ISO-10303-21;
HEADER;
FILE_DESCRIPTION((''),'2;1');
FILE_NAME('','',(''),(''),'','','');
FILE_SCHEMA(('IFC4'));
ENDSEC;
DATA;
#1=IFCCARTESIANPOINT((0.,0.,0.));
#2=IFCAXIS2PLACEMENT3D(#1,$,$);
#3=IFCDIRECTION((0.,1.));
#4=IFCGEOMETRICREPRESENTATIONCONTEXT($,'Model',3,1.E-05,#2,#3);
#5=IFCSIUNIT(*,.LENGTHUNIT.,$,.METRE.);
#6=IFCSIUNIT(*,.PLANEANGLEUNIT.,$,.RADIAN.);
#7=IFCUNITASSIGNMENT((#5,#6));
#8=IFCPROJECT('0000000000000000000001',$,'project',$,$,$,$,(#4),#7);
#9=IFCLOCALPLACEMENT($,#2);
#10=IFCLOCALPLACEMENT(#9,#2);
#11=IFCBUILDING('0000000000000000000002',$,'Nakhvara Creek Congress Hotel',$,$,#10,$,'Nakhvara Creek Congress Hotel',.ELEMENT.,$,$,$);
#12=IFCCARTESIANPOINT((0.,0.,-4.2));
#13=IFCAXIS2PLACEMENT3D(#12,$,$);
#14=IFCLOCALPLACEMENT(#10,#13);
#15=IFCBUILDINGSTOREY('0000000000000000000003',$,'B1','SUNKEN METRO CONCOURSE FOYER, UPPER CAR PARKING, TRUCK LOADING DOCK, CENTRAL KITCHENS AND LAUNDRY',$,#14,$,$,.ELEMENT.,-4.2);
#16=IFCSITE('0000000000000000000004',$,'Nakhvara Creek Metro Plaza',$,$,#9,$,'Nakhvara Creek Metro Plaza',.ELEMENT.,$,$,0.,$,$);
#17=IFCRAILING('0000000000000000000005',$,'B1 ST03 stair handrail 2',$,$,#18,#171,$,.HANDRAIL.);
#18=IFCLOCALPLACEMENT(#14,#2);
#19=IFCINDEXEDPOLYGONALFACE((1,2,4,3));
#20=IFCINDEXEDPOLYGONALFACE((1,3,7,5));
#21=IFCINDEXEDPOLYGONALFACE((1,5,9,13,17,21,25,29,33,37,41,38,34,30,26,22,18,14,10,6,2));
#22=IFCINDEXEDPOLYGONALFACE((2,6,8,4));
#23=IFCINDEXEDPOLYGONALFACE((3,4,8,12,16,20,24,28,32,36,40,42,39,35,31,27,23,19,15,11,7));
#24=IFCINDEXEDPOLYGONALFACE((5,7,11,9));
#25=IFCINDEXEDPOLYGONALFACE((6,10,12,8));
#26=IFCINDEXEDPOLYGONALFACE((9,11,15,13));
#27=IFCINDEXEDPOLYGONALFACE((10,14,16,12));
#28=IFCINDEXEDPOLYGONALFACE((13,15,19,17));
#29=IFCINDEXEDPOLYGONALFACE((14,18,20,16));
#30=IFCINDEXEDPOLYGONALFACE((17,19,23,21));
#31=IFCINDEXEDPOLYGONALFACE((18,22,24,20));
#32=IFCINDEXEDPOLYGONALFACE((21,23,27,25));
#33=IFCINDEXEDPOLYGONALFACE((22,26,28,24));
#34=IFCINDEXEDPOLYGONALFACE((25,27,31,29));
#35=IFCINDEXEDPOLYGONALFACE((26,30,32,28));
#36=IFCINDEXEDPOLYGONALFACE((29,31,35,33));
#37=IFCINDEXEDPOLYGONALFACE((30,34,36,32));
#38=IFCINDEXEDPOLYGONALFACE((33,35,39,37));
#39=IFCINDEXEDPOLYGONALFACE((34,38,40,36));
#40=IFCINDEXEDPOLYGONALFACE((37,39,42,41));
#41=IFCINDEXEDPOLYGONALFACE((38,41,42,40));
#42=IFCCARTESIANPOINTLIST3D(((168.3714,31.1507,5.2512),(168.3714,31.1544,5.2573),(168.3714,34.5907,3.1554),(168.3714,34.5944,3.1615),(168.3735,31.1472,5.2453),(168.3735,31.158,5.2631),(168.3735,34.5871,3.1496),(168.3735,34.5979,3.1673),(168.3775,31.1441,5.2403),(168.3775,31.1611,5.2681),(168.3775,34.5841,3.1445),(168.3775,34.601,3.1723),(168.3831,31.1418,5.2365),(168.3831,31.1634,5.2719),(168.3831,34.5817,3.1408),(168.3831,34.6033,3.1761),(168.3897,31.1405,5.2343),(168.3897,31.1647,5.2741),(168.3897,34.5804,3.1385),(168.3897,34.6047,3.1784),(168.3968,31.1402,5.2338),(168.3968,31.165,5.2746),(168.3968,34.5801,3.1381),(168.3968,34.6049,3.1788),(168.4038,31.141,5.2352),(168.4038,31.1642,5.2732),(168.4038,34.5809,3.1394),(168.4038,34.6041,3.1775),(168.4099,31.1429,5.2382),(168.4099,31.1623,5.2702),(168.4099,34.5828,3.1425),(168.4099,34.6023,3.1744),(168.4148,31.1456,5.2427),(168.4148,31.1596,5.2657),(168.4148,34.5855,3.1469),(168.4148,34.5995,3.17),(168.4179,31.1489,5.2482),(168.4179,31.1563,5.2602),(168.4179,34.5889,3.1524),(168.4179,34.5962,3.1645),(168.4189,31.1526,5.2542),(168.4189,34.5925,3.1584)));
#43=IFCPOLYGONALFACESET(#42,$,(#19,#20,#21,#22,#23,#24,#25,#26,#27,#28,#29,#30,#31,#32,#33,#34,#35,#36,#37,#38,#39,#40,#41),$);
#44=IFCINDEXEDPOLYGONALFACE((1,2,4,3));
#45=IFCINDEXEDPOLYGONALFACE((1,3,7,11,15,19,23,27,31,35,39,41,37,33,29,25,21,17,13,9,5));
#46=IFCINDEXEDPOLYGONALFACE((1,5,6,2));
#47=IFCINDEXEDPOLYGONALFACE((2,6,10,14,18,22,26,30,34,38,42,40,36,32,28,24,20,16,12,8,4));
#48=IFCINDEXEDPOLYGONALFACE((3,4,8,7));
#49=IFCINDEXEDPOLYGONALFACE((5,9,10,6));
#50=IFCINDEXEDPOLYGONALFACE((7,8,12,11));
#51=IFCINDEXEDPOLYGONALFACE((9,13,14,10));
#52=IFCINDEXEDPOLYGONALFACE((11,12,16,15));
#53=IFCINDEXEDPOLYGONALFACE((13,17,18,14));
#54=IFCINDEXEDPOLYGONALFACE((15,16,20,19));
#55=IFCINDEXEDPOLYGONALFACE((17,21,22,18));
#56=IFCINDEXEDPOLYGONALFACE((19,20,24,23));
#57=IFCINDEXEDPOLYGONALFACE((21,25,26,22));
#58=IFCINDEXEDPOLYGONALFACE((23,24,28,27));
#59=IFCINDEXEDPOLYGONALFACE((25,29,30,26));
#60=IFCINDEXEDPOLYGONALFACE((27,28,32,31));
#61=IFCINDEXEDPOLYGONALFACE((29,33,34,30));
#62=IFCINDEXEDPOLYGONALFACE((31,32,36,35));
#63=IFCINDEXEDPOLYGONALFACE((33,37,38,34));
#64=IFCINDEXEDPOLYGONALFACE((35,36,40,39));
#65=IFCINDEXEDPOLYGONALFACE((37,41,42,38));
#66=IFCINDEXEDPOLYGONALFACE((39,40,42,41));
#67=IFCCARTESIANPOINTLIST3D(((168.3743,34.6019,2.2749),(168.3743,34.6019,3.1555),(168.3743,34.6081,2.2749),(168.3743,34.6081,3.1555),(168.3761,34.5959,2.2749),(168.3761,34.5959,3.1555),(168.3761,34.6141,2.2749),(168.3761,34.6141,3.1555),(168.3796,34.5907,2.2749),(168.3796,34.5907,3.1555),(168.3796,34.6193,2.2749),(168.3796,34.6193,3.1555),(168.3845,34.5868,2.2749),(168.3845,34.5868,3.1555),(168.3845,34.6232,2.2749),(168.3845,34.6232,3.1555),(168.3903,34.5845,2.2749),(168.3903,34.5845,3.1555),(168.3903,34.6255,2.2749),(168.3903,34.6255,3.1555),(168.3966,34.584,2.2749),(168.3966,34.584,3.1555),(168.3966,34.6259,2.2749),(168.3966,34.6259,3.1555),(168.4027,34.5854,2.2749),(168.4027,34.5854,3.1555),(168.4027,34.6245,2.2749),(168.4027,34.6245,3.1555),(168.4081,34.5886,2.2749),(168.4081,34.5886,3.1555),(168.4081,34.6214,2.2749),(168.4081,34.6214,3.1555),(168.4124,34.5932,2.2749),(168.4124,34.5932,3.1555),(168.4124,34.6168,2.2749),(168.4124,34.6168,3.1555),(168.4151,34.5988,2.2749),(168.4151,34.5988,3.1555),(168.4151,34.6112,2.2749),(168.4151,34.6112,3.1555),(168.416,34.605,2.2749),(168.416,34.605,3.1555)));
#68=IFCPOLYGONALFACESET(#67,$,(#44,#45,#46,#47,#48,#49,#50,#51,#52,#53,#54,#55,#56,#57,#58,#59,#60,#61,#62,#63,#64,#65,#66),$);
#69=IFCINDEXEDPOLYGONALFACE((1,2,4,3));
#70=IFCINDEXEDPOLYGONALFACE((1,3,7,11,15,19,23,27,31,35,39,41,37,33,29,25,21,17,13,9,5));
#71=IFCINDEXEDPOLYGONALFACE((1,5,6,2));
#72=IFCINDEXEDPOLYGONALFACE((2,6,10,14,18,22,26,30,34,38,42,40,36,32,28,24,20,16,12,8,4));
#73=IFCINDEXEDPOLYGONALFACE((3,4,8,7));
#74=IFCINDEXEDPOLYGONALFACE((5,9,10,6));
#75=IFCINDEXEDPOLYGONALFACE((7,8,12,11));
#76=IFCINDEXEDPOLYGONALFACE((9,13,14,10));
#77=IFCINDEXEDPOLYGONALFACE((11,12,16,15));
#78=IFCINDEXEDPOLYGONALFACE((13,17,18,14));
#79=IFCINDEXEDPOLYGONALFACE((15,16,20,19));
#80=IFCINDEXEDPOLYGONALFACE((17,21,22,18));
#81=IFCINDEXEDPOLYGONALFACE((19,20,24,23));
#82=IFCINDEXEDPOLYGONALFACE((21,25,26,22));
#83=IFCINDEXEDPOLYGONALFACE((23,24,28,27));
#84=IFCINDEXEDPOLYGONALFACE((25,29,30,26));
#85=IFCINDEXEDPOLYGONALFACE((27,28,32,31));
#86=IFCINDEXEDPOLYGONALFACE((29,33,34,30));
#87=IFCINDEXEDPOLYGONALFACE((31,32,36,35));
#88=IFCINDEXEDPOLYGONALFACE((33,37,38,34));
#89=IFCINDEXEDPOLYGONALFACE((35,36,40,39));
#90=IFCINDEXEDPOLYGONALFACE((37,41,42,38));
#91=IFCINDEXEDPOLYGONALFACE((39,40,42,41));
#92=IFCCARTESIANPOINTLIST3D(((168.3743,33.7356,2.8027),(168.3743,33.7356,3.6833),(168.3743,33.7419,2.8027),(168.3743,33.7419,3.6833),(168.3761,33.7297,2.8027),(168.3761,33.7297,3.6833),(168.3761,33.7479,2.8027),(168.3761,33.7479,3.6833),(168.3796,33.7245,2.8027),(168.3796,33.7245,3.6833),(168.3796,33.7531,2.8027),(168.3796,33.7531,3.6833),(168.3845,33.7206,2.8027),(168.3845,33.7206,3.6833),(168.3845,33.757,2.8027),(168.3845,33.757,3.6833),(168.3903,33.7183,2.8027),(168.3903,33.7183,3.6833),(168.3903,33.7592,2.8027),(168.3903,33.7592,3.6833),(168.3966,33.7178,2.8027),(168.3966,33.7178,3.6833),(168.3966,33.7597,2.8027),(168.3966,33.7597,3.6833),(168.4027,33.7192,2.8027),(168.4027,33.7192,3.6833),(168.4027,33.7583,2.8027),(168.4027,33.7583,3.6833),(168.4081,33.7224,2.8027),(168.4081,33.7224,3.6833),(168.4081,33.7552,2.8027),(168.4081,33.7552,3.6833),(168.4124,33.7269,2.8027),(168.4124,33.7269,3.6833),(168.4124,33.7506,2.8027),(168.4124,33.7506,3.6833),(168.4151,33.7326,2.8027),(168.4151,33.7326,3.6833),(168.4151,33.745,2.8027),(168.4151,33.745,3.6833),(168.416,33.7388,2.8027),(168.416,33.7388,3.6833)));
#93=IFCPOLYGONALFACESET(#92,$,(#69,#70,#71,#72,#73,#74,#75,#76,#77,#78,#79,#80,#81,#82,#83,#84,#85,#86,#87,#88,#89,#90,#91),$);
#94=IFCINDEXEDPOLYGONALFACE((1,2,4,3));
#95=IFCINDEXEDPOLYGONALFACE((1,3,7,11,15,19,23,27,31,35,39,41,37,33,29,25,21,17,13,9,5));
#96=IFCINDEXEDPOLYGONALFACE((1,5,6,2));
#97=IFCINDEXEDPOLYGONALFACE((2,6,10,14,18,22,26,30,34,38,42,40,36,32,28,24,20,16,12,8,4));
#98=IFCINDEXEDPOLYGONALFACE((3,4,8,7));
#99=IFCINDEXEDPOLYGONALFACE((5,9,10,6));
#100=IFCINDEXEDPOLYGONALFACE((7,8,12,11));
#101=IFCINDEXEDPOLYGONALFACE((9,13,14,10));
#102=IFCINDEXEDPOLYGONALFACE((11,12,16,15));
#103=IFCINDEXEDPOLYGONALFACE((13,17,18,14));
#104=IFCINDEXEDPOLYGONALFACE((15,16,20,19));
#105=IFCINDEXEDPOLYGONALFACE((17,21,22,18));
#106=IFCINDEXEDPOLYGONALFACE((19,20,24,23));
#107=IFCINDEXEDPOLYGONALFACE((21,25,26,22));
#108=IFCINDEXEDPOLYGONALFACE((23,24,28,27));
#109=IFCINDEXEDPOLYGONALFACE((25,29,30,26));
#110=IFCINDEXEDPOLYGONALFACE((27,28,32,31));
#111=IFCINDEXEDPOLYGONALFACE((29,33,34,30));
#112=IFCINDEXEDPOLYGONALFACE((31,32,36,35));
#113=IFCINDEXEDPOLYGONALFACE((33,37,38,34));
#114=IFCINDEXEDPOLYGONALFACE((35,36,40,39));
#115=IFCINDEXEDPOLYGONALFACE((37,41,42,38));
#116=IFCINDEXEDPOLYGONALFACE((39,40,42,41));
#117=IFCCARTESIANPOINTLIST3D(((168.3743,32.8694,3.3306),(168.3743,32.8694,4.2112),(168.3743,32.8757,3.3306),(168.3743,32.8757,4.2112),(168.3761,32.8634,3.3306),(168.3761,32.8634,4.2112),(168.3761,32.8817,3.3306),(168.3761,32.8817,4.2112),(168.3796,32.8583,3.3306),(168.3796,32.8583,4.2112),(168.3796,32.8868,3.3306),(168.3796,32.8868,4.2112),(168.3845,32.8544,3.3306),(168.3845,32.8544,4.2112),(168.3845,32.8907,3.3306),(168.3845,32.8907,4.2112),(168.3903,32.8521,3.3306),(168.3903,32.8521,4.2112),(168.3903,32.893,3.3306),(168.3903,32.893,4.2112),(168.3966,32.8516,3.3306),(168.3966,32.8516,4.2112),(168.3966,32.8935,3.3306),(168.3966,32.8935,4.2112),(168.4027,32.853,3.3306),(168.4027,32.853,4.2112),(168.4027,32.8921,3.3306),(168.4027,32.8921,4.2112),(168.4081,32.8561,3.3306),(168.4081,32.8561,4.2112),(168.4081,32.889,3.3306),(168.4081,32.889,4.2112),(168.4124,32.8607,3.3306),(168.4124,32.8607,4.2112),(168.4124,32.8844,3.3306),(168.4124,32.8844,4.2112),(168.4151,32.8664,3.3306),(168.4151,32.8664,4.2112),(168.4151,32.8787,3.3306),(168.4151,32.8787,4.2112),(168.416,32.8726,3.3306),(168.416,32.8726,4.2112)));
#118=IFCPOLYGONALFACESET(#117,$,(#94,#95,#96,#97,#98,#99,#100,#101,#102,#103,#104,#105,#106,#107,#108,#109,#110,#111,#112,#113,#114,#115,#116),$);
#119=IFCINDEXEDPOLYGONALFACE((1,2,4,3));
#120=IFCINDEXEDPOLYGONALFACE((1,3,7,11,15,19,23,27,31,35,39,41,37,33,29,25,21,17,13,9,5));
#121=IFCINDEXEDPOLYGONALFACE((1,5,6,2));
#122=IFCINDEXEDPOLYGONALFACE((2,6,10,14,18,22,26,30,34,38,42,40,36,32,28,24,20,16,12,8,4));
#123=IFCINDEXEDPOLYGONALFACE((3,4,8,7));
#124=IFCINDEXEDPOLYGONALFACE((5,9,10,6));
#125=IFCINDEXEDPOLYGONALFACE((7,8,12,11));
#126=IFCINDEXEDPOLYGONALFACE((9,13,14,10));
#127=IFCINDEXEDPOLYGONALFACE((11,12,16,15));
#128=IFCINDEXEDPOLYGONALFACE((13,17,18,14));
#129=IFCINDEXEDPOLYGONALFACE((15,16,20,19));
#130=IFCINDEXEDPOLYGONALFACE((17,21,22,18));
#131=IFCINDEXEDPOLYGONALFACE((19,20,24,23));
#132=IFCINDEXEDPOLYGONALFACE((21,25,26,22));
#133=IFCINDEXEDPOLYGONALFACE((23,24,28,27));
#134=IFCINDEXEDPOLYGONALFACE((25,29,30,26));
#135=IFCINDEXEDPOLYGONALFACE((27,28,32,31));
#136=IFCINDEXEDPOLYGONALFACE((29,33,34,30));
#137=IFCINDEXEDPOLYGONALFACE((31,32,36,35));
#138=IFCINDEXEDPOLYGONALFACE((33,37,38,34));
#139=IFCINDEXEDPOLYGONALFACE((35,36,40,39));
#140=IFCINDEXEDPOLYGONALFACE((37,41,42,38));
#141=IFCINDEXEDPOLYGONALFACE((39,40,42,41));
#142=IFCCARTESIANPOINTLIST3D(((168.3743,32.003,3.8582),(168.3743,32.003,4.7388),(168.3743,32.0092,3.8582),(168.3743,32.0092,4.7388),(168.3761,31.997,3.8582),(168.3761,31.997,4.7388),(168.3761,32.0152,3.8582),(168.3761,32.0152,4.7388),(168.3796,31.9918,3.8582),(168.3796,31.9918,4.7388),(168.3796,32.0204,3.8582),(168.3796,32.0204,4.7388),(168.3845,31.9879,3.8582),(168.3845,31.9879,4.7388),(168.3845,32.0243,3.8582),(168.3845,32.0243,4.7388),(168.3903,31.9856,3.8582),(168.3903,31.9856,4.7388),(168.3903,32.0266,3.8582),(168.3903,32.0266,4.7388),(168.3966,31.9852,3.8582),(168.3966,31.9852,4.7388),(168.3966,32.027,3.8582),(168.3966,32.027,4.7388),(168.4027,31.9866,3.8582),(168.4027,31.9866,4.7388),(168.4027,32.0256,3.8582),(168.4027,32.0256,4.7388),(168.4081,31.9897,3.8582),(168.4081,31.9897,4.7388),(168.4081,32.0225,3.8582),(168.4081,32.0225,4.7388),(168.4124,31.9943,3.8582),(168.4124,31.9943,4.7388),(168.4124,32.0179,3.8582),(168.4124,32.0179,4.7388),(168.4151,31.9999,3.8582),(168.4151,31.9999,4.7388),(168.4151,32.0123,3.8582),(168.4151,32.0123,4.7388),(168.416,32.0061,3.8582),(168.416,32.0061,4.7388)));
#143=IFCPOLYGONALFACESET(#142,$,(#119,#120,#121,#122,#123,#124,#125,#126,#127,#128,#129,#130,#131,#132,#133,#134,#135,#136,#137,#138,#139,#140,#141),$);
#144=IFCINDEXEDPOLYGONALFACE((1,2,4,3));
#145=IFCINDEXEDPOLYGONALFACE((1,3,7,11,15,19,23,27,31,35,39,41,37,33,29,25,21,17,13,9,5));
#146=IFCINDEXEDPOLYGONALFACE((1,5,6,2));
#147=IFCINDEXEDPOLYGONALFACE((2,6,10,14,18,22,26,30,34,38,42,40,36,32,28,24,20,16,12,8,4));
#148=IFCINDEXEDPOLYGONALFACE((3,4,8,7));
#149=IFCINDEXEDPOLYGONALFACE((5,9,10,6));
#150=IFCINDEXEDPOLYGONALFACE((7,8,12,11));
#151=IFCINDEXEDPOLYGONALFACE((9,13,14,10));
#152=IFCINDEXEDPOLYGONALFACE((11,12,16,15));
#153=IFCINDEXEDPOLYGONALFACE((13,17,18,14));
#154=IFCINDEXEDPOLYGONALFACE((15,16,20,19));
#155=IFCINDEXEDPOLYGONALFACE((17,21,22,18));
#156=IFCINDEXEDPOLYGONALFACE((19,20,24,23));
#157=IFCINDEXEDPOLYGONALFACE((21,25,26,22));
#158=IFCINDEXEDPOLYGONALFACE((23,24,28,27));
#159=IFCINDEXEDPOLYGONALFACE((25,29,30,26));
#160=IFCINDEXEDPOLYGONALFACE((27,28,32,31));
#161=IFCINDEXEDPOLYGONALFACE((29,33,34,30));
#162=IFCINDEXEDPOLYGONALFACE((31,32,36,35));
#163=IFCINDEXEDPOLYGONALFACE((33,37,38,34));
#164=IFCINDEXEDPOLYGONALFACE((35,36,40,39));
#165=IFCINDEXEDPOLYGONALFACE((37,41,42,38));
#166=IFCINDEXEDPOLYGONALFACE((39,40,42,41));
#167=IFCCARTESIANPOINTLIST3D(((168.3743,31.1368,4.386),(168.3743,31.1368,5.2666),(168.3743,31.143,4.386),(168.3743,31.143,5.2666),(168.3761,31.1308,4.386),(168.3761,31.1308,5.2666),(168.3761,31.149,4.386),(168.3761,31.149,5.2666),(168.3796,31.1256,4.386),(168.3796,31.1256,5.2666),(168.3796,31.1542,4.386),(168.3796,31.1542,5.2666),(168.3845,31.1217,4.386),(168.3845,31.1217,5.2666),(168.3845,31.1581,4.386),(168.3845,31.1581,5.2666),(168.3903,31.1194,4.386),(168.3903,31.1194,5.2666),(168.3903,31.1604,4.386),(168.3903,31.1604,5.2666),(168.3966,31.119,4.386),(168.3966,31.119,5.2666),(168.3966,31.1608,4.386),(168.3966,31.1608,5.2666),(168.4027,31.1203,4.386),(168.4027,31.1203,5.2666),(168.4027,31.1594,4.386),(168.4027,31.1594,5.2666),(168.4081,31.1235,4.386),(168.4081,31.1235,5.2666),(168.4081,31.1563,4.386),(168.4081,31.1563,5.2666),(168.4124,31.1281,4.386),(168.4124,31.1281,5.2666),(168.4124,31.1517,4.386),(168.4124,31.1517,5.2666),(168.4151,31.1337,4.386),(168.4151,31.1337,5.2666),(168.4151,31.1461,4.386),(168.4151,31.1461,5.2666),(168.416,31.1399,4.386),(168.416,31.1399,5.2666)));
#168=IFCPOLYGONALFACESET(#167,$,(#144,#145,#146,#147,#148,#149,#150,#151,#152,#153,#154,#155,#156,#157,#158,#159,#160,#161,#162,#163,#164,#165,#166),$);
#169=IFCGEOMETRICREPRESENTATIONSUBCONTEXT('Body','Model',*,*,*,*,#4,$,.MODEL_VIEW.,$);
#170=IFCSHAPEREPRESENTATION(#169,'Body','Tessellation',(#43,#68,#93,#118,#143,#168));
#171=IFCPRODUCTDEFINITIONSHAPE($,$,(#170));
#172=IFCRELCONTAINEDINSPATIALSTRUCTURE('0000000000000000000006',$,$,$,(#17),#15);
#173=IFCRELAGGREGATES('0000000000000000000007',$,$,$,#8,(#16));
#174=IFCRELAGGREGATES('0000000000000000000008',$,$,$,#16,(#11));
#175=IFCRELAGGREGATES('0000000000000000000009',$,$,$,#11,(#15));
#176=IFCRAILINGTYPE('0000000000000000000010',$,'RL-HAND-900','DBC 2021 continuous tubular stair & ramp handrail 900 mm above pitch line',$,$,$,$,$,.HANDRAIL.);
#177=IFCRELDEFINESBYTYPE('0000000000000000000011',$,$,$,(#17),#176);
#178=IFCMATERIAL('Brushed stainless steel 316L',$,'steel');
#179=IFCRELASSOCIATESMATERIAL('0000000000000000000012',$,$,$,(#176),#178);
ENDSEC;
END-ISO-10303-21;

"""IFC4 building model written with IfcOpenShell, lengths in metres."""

from ifc_helpers import new_model, si_unit, direction, frame, origin, origin_2d, place, context, subcontext, project, spatial, circle, extrude, material, type_object, element, save


model = new_model("IFC4")

# Units and contexts
model_context = context("Model", 3, precision=1e-05, world=origin(), true_north=direction((0.0, 1.0)))
body_context = subcontext(model_context, "Body", "Model", "MODEL_VIEW")
ifc_project = project(units=[si_unit("LENGTHUNIT", "METRE"), si_unit("PLANEANGLEUNIT", "RADIAN")], contexts=[model_context])

# Site, building, storey
site_placement = place(None, origin())
site = spatial("IfcSite", under=ifc_project, at=site_placement, Name="Nakhvara Creek Metro Plaza", LongName="Nakhvara Creek Metro Plaza", CompositionType="ELEMENT", RefElevation=0.0)
building_placement = place(site_placement, origin())
building = spatial("IfcBuilding", under=site, at=building_placement, Name="Nakhvara Creek Congress Hotel", LongName="Nakhvara Creek Congress Hotel", CompositionType="ELEMENT")
storey_placement = place(building_placement, frame((0.0, 0.0, -4.2)))
storey = spatial("IfcBuildingStorey", under=building, at=storey_placement, Name="B1", Description="SUNKEN METRO CONCOURSE FOYER, UPPER CAR PARKING, TRUCK LOADING DOCK, CENTRAL KITCHENS AND LAUNDRY", CompositionType="ELEMENT", Elevation=-4.2)

# Railing
ifc_material_1 = material(Name="Brushed stainless steel 316L", Category="steel")
railing_type_1 = type_object("IfcRailingType", Name="RL-HAND-900", Description="DBC 2021 continuous tubular stair & ramp handrail 900 mm above pitch line", PredefinedType="HANDRAIL", material=ifc_material_1)
railing_1_placement = place(storey_placement, frame((168.395, 34.605, 2.2749)))
element("IfcRailing", 1, at=railing_1_placement, inside=storey, type_object=railing_type_1, Name="B1 ST03 stair handrail 2", PredefinedType="HANDRAIL", context=body_context, shape_type="SweptSolid", body=[
    extrude(circle(Radius=0.0239, at=origin_2d()), frame((0.0, -0.0125, 0.8835), z_axis=(0.0, -0.853991, 0.520289), x_axis=(1.0, 0.0, 0.0)), (0.0, 0.0, 1.0), 4.0281),
    extrude(circle(Radius=0.021, at=origin_2d()), origin(), (0.0, 0.0, 1.0), 0.8806),
    extrude(circle(Radius=0.021, at=origin_2d()), frame((0.0, -0.8662, 0.5278)), (0.0, 0.0, 1.0), 0.8806),
    extrude(circle(Radius=0.021, at=origin_2d()), frame((0.0, -1.7324, 1.0557)), (0.0, 0.0, 1.0), 0.8806),
    extrude(circle(Radius=0.021, at=origin_2d()), frame((0.0, -2.5989, 1.5833)), (0.0, 0.0, 1.0), 0.8806),
    extrude(circle(Radius=0.021, at=origin_2d()), frame((0.0, -3.4651, 2.1111)), (0.0, 0.0, 1.0), 0.8806),
])

save(model, "model.ifc")
